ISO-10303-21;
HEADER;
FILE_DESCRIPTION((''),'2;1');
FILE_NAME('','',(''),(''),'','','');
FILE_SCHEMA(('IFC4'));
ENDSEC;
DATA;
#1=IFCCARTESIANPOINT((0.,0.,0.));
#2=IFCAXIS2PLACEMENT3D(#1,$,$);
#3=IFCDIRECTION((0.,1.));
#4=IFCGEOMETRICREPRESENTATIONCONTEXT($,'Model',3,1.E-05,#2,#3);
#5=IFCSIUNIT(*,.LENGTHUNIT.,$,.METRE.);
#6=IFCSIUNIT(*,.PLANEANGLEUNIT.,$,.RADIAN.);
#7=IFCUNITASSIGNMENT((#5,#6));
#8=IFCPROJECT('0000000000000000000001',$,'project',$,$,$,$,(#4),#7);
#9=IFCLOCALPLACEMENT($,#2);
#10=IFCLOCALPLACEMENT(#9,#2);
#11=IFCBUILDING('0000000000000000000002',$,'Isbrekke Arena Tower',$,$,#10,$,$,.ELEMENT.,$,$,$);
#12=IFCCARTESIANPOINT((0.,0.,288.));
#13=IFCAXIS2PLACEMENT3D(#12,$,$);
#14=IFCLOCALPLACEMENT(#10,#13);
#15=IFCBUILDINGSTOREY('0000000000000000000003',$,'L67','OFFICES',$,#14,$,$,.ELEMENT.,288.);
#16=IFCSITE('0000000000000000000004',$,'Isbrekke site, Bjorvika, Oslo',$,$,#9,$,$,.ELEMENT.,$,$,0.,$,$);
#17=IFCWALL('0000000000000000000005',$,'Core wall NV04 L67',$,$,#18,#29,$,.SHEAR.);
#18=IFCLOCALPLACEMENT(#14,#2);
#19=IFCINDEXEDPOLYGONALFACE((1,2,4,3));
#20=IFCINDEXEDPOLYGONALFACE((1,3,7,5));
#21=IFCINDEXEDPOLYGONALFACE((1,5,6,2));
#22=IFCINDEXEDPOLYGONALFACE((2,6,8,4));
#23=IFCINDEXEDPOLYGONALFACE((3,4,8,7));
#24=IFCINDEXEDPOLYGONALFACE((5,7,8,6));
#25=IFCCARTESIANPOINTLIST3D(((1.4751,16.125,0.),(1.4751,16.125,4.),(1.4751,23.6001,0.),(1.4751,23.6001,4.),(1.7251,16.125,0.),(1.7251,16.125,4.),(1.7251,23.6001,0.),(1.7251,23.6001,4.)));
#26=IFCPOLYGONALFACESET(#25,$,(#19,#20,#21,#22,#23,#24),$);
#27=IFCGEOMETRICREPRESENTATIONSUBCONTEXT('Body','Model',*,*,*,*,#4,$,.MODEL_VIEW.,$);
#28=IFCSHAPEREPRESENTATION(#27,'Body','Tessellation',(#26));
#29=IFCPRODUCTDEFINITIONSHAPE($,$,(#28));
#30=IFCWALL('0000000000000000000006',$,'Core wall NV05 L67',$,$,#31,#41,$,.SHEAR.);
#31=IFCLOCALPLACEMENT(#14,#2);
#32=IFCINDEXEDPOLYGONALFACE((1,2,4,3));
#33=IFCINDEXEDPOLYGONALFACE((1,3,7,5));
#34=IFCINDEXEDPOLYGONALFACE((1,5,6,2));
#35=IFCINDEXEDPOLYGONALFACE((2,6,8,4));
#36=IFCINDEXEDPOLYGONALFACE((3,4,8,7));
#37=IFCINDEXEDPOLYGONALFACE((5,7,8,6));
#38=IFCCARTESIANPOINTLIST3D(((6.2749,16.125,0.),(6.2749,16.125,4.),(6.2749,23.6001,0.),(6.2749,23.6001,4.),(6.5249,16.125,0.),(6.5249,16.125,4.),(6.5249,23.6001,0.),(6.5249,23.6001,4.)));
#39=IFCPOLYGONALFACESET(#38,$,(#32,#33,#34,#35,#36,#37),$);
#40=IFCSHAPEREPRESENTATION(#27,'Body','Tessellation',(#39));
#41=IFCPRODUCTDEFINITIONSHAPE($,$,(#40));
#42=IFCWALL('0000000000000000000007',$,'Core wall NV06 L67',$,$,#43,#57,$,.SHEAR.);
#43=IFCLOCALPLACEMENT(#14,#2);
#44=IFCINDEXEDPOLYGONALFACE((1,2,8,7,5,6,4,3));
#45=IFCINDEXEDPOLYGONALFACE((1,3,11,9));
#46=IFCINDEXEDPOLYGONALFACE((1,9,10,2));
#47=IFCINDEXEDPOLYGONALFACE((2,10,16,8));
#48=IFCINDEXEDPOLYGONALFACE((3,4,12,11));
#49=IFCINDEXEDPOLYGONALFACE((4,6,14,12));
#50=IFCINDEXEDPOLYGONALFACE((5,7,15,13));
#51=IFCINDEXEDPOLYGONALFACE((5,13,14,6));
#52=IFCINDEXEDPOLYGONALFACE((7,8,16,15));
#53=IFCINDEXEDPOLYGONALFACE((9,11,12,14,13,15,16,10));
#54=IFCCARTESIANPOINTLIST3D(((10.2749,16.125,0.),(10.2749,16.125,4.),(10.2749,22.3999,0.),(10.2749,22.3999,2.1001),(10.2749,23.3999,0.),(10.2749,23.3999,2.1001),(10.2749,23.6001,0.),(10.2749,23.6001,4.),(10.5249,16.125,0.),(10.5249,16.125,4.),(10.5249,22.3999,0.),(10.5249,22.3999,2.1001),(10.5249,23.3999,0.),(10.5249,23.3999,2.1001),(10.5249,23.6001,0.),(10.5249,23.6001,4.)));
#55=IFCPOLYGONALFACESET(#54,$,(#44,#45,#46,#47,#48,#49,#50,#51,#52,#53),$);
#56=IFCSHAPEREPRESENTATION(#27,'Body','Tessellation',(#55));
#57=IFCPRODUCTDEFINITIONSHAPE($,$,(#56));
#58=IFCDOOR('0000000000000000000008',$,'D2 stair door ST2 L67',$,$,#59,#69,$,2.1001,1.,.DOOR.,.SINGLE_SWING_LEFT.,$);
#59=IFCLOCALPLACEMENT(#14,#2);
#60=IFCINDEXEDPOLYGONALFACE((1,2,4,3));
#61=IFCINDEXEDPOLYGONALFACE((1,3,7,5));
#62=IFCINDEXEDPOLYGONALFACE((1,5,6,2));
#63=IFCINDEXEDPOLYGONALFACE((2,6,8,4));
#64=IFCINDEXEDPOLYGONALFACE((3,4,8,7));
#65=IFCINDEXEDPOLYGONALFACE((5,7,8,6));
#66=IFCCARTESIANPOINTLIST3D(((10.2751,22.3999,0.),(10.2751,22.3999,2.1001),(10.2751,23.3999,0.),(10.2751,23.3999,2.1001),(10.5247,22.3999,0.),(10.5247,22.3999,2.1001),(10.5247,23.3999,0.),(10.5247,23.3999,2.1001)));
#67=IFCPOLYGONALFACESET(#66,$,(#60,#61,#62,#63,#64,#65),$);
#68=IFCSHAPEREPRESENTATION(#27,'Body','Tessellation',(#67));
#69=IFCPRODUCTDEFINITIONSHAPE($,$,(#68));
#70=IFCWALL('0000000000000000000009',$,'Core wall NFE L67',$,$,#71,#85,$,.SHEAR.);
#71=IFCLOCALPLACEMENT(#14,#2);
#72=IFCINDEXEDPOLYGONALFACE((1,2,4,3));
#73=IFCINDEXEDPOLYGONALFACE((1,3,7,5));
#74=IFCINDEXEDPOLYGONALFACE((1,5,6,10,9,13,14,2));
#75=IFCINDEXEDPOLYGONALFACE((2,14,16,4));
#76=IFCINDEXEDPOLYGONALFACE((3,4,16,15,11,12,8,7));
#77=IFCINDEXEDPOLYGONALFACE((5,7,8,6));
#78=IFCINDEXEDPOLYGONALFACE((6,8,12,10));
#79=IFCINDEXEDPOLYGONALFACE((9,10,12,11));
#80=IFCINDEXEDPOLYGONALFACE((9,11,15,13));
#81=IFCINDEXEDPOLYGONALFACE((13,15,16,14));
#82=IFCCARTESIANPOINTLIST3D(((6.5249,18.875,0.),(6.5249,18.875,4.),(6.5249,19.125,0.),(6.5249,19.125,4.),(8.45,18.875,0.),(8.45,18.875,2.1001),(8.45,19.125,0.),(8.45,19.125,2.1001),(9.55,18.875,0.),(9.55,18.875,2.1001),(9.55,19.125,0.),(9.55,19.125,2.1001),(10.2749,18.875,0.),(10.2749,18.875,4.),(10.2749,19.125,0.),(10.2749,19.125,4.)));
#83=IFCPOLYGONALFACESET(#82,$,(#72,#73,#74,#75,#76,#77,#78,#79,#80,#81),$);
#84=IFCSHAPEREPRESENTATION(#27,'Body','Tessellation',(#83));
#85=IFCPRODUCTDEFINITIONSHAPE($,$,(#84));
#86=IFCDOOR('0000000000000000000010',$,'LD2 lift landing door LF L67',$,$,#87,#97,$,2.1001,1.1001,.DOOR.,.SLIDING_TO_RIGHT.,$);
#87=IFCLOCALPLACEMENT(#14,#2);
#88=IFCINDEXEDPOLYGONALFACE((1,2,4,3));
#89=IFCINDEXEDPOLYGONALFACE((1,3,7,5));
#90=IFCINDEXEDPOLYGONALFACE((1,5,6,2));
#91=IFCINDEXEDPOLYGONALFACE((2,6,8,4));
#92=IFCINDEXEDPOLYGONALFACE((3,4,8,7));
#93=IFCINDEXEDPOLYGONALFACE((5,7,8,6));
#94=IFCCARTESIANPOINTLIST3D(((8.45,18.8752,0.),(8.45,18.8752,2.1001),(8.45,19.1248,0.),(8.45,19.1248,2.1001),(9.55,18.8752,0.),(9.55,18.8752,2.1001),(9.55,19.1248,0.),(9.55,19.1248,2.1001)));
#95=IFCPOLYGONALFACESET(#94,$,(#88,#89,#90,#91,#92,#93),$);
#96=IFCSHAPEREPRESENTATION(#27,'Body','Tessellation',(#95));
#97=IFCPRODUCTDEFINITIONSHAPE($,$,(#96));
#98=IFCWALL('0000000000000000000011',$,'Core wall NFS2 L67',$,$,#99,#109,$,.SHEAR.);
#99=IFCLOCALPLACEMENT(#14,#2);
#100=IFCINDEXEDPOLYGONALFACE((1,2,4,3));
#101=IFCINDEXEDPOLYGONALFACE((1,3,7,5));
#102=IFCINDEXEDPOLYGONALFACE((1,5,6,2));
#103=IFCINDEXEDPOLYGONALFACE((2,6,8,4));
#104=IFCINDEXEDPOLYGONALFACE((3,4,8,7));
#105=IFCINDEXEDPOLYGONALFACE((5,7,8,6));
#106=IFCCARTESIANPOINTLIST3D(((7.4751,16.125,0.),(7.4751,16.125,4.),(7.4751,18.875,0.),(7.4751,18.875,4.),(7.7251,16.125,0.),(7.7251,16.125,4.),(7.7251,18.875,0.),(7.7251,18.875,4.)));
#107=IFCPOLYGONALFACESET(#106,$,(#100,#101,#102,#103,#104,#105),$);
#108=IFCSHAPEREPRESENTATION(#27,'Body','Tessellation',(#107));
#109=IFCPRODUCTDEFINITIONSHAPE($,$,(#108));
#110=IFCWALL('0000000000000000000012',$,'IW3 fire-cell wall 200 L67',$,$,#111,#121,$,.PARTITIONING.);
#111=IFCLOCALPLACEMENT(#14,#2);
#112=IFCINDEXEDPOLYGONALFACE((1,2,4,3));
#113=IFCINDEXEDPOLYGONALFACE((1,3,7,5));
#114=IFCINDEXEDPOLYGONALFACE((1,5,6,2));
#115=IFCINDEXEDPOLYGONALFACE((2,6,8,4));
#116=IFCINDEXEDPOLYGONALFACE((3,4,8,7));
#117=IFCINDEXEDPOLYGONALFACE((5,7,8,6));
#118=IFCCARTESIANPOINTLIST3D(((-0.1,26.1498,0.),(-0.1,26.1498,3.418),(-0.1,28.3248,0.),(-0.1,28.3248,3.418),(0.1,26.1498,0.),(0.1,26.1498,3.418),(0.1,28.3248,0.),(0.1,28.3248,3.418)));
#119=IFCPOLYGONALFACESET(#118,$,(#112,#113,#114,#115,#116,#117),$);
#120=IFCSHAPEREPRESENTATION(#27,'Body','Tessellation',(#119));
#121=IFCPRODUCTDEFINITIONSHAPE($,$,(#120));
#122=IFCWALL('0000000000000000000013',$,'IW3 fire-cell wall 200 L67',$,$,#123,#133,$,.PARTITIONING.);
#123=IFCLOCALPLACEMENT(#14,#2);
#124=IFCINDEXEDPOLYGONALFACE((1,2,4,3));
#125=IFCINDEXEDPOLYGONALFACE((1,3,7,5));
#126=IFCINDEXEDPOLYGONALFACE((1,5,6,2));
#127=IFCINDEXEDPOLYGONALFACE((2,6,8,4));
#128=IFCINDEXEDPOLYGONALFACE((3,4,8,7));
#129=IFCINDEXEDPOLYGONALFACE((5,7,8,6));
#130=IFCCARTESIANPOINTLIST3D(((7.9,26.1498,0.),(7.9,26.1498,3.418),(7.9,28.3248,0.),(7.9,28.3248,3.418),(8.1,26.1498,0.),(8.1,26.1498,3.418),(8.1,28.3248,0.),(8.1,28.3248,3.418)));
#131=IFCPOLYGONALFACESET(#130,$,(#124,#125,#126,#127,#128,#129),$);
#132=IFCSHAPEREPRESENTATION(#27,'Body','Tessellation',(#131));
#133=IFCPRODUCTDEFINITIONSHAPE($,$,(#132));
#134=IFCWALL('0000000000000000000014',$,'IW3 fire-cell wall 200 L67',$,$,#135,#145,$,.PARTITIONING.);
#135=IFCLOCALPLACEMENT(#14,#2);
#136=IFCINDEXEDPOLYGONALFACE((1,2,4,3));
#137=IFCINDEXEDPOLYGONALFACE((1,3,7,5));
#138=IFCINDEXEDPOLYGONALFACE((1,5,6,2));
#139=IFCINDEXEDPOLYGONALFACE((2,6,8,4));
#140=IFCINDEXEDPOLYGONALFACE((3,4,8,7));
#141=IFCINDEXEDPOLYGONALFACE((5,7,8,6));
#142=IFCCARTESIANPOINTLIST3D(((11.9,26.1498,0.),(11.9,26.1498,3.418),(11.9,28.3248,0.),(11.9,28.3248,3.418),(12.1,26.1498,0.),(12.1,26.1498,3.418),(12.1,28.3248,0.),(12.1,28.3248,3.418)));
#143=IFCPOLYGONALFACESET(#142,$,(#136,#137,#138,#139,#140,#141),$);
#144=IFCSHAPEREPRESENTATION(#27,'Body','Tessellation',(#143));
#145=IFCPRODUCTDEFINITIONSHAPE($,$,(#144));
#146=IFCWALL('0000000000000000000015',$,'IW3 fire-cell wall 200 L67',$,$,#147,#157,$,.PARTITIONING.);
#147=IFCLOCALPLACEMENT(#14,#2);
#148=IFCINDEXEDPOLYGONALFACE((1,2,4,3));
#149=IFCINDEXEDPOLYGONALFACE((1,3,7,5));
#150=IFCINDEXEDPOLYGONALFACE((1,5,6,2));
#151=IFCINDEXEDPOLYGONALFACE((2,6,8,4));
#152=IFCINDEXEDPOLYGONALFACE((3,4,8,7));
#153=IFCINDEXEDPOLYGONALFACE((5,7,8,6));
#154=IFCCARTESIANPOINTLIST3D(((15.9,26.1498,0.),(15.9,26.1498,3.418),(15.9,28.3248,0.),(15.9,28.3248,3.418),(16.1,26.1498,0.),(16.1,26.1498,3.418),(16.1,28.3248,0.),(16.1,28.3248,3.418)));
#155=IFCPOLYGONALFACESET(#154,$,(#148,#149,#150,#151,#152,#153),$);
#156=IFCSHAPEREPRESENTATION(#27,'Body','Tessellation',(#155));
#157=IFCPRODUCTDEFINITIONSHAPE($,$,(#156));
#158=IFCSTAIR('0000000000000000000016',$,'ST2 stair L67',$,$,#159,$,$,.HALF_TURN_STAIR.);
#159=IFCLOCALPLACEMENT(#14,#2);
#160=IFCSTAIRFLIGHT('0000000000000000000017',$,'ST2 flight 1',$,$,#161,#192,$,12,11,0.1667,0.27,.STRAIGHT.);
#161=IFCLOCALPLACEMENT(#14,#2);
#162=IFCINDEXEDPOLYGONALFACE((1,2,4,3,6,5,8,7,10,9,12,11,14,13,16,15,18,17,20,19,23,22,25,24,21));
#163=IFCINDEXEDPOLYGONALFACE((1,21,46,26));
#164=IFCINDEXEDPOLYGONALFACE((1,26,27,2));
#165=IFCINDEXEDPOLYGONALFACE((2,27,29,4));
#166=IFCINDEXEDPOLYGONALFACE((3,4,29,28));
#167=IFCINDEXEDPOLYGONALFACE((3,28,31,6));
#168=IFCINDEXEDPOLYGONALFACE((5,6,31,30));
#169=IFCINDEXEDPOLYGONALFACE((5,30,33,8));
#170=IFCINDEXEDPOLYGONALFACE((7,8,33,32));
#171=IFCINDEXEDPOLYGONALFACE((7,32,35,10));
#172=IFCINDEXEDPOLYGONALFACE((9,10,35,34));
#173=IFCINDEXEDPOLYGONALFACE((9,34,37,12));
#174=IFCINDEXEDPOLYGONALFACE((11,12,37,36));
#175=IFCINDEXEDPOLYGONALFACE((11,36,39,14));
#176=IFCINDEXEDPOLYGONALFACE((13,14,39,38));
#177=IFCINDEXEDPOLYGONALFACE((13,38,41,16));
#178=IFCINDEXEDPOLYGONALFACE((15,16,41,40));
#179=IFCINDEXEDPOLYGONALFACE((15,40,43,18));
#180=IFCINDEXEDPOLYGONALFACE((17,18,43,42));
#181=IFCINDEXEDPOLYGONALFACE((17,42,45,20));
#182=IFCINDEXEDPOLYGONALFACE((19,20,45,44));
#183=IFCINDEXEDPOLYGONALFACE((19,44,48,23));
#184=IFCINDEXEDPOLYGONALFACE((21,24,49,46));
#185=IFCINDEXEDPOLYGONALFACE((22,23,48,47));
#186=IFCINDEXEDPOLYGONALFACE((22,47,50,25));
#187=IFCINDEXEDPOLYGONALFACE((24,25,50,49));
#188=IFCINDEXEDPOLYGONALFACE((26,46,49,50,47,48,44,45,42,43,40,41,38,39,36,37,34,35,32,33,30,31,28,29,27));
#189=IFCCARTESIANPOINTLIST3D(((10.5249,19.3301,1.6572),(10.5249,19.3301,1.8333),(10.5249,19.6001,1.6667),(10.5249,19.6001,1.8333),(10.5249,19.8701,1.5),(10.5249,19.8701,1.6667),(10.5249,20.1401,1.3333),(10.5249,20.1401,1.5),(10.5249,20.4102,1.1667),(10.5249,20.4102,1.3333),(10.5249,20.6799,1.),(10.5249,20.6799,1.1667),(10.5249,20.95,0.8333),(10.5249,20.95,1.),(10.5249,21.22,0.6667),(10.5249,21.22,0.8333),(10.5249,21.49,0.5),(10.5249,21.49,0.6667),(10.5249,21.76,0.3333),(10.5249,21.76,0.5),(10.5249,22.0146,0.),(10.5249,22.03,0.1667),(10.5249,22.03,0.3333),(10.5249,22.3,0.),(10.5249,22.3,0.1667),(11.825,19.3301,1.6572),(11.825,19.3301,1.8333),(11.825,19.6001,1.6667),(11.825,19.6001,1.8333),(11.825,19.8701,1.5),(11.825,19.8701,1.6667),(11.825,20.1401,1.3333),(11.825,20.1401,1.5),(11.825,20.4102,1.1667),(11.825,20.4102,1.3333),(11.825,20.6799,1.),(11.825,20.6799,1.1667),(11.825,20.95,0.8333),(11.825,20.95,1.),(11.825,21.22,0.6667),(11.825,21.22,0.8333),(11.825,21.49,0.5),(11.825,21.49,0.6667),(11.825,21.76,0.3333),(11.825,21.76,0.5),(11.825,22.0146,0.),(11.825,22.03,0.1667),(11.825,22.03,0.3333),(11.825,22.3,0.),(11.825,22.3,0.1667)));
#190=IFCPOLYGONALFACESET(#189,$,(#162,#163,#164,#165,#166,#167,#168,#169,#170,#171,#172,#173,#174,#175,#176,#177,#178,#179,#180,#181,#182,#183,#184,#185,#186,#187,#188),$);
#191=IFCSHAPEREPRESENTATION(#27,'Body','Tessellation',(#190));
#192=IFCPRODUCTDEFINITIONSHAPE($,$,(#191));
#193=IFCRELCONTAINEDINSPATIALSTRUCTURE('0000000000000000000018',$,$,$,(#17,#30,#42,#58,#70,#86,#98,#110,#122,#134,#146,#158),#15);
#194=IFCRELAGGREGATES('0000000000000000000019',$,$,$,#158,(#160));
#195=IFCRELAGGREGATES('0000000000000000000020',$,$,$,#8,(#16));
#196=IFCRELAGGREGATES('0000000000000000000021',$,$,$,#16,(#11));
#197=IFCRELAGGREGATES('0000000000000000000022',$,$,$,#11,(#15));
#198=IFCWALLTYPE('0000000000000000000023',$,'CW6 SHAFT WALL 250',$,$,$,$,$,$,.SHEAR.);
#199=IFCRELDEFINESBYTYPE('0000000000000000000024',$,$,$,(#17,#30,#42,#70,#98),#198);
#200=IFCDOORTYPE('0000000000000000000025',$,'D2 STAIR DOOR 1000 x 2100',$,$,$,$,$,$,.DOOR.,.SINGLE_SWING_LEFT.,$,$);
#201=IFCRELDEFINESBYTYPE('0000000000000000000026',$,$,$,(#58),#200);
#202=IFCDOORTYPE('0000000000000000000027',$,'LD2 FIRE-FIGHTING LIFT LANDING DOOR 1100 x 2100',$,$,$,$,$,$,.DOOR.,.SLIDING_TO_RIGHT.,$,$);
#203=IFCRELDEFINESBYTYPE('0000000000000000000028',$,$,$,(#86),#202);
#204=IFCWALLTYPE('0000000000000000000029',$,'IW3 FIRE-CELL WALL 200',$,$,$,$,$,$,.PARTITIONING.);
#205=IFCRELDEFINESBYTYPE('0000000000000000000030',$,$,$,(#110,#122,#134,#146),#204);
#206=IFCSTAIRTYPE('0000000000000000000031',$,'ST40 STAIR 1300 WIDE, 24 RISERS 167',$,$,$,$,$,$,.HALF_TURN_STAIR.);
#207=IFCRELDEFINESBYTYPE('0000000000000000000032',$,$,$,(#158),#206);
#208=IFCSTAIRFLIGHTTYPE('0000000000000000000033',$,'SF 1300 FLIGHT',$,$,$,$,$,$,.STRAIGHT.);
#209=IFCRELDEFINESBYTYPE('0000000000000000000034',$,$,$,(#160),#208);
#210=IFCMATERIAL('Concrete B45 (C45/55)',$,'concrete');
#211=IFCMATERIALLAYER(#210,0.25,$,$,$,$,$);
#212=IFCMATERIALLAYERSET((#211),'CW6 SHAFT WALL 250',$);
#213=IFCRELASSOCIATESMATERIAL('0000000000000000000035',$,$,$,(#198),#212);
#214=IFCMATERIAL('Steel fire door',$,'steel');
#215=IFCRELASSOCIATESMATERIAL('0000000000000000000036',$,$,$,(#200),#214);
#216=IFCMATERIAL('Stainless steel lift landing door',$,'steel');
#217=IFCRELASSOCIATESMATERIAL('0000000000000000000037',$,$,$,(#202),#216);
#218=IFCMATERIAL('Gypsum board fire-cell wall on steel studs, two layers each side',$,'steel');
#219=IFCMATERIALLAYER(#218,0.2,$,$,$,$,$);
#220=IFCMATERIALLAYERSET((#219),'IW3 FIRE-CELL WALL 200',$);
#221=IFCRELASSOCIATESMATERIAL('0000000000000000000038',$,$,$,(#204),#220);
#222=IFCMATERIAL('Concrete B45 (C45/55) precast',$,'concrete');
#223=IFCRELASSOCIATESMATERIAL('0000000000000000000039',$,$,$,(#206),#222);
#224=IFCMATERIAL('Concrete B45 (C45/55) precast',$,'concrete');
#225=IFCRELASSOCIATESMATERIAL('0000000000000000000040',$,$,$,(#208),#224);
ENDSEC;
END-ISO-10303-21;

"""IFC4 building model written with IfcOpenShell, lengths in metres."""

from ifc_helpers import new_model, si_unit, direction, frame, frame_2d, origin, place, context, subcontext, project, spatial, polyline, rectangle, outline, extrude, material, layer, layer_set, type_object, element, fill, aggregate, save


model = new_model("IFC4")

# Units and contexts
model_context = context("Model", 3, precision=1e-05, world=origin(), true_north=direction((0.0, 1.0)))
body_context = subcontext(model_context, "Body", "Model", "MODEL_VIEW")
ifc_project = project(units=[si_unit("LENGTHUNIT", "METRE"), si_unit("PLANEANGLEUNIT", "RADIAN")], contexts=[model_context])

# Site, building, storey
site_placement = place(None, origin())
site = spatial("IfcSite", under=ifc_project, at=site_placement, Name="Isbrekke site, Bjorvika, Oslo", CompositionType="ELEMENT", RefElevation=0.0)
building_placement = place(site_placement, origin())
building = spatial("IfcBuilding", under=site, at=building_placement, Name="Isbrekke Arena Tower", CompositionType="ELEMENT")
storey_placement = place(building_placement, frame((0.0, 0.0, 288.0)))
storey = spatial("IfcBuildingStorey", under=building, at=storey_placement, Name="L67", Description="OFFICES", CompositionType="ELEMENT", Elevation=288.0)

# Walls
ifc_material_1 = material(Name="Concrete B45 (C45/55)", Category="concrete")
ifc_layer_1 = layer(ifc_material_1, 0.25)
ifc_layer_set_1 = layer_set([ifc_layer_1], Name="CW6 SHAFT WALL 250")
wall_type_1 = type_object("IfcWallType", Name="CW6 SHAFT WALL 250", PredefinedType="SHEAR", material=ifc_layer_set_1)
for number, where, z_axis, x_axis, name in (
    (1, (1.6001, 16.125, 0.0), (0.0, 0.0, 1.0), (0.0, 1.0, 0.0), "Core wall NV04 L67"),
    (2, (6.3999, 16.125, 0.0), (0.0, 0.0, 1.0), (0.0, 1.0, 0.0), "Core wall NV05 L67"),
):
    element("IfcWall", number, at=place(storey_placement, frame(where, z_axis=z_axis, x_axis=x_axis)), inside=storey, type_object=wall_type_1, Name=name, PredefinedType="SHEAR", context=body_context, shape_type="SweptSolid", body=[
        extrude(rectangle(XDim=7.4751, YDim=0.25, at=frame_2d((3.7375, 0.0))), origin(), (0.0, 0.0, 1.0), 4.0),
    ])

# Walls, openings, doors
wall_1_placement = place(storey_placement, frame((10.3999, 16.125, 0.0), z_axis=(0.0, 0.0, 1.0), x_axis=(0.0, 1.0, 0.0)))
wall_1 = element("IfcWall", 3, at=wall_1_placement, inside=storey, type_object=wall_type_1, Name="Core wall NV06 L67", PredefinedType="SHEAR", context=body_context, shape_type="SweptSolid", body=[
    extrude(rectangle(XDim=7.4751, YDim=0.25, at=frame_2d((3.7375, 0.0))), origin(), (0.0, 0.0, 1.0), 4.0),
])
opening_1_placement = place(wall_1_placement, frame((6.2749, 0.0, 0.0)))
opening_1 = element("IfcOpeningElement", 4, at=opening_1_placement, cuts=wall_1, PredefinedType="OPENING", context=body_context, shape_type="SweptSolid", body=[
    extrude(rectangle(XDim=1.0, YDim=2.1001, at=frame_2d((0.5, 1.05))), frame((0.0, 0.1399, 0.0), z_axis=(0.0, -1.0, 0.0), x_axis=(1.0, 0.0, 0.0)), (0.0, 0.0, 1.0), 0.2798),
])
ifc_material_2 = material(Name="Steel fire door", Category="steel")
door_type_1 = type_object("IfcDoorType", Name="D2 STAIR DOOR 1000 x 2100", OperationType="SINGLE_SWING_LEFT", PredefinedType="DOOR", material=ifc_material_2)
door_1_placement = place(opening_1_placement, origin())
door_1 = element("IfcDoor", 5, at=door_1_placement, inside=storey, type_object=door_type_1, Name="D2 stair door ST2 L67", OperationType="SINGLE_SWING_LEFT", OverallHeight=2.1001, OverallWidth=1.0, PredefinedType="DOOR", context=body_context, shape_type="SweptSolid", body=[
    extrude(rectangle(XDim=1.0, YDim=2.1001, at=frame_2d((0.5, 1.05))), frame((0.0, 0.1248, 0.0), z_axis=(0.0, -1.0, 0.0), x_axis=(1.0, 0.0, 0.0)), (0.0, 0.0, 1.0), 0.2495),
])
fill(opening_1, door_1)
wall_2_placement = place(storey_placement, frame((6.5249, 19.0, 0.0), z_axis=(0.0, 0.0, 1.0), x_axis=(1.0, 0.0, 0.0)))
wall_2 = element("IfcWall", 6, at=wall_2_placement, inside=storey, type_object=wall_type_1, Name="Core wall NFE L67", PredefinedType="SHEAR", context=body_context, shape_type="SweptSolid", body=[
    extrude(rectangle(XDim=3.75, YDim=0.25, at=frame_2d((1.875, 0.0))), origin(), (0.0, 0.0, 1.0), 4.0),
])
opening_2_placement = place(wall_2_placement, frame((1.925, 0.0, 0.0)))
opening_2 = element("IfcOpeningElement", 7, at=opening_2_placement, cuts=wall_2, PredefinedType="OPENING", context=body_context, shape_type="SweptSolid", body=[
    extrude(rectangle(XDim=1.1001, YDim=2.1001, at=frame_2d((0.55, 1.05))), frame((0.0, 0.1399, 0.0), z_axis=(0.0, -1.0, 0.0), x_axis=(1.0, 0.0, 0.0)), (0.0, 0.0, 1.0), 0.2798),
])
ifc_material_3 = material(Name="Stainless steel lift landing door", Category="steel")
door_type_2 = type_object("IfcDoorType", Name="LD2 FIRE-FIGHTING LIFT LANDING DOOR 1100 x 2100", OperationType="SLIDING_TO_RIGHT", PredefinedType="DOOR", material=ifc_material_3)
door_2_placement = place(opening_2_placement, origin())
door_2 = element("IfcDoor", 8, at=door_2_placement, inside=storey, type_object=door_type_2, Name="LD2 lift landing door LF L67", OperationType="SLIDING_TO_RIGHT", OverallHeight=2.1001, OverallWidth=1.1001, PredefinedType="DOOR", context=body_context, shape_type="SweptSolid", body=[
    extrude(rectangle(XDim=1.1001, YDim=2.1001, at=frame_2d((0.55, 1.05))), frame((0.0, 0.1248, 0.0), z_axis=(0.0, -1.0, 0.0), x_axis=(1.0, 0.0, 0.0)), (0.0, 0.0, 1.0), 0.2495),
])
fill(opening_2, door_2)

# Walls
wall_3_placement = place(storey_placement, frame((7.6001, 16.125, 0.0), z_axis=(0.0, 0.0, 1.0), x_axis=(0.0, 1.0, 0.0)))
element("IfcWall", 9, at=wall_3_placement, inside=storey, type_object=wall_type_1, Name="Core wall NFS2 L67", PredefinedType="SHEAR", context=body_context, shape_type="SweptSolid", body=[
    extrude(rectangle(XDim=2.75, YDim=0.25, at=frame_2d((1.375, 0.0))), origin(), (0.0, 0.0, 1.0), 4.0),
])
ifc_material_4 = material(Name="Gypsum board fire-cell wall on steel studs, two layers each side", Category="steel")
ifc_layer_2 = layer(ifc_material_4, 0.2)
ifc_layer_set_2 = layer_set([ifc_layer_2], Name="IW3 FIRE-CELL WALL 200")
wall_type_2 = type_object("IfcWallType", Name="IW3 FIRE-CELL WALL 200", PredefinedType="PARTITIONING", material=ifc_layer_set_2)
for number, where, z_axis, x_axis, name in (
    (10, (0.0, 26.1499, 0.0), (0.0, 0.0, 1.0), (0.0, 1.0, 0.0), "IW3 fire-cell wall 200 L67"),
    (11, (8.0, 26.1499, 0.0), (0.0, 0.0, 1.0), (0.0, 1.0, 0.0), "IW3 fire-cell wall 200 L67"),
    (12, (12.0, 26.1499, 0.0), (0.0, 0.0, 1.0), (0.0, 1.0, 0.0), "IW3 fire-cell wall 200 L67"),
    (13, (16.0, 26.1499, 0.0), (0.0, 0.0, 1.0), (0.0, 1.0, 0.0), "IW3 fire-cell wall 200 L67"),
):
    element("IfcWall", number, at=place(storey_placement, frame(where, z_axis=z_axis, x_axis=x_axis)), inside=storey, type_object=wall_type_2, Name=name, PredefinedType="PARTITIONING", context=body_context, shape_type="SweptSolid", body=[
        extrude(rectangle(XDim=2.175, YDim=0.2, at=frame_2d((1.0874, 0.0))), origin(), (0.0, 0.0, 1.0), 3.418),
    ])

# Stair, stair flight
ifc_material_5 = material(Name="Concrete B45 (C45/55) precast", Category="concrete")
stair_type = type_object("IfcStairType", Name="ST40 STAIR 1300 WIDE, 24 RISERS 167", PredefinedType="HALF_TURN_STAIR", material=ifc_material_5)
stair_placement = place(storey_placement, origin())
stair = element("IfcStair", 14, at=stair_placement, inside=storey, type_object=stair_type, Name="ST2 stair L67", PredefinedType="HALF_TURN_STAIR")
ifc_material_6 = material(Name="Concrete B45 (C45/55) precast", Category="concrete")
stair_flight_type = type_object("IfcStairFlightType", Name="SF 1300 FLIGHT", PredefinedType="STRAIGHT", material=ifc_material_6)
stair_flight_1_placement = place(storey_placement, frame((11.175, 22.3, 0.0), z_axis=(0.0, 0.0, 1.0), x_axis=(0.0, -1.0, 0.0)))
stair_flight_1 = element("IfcStairFlight", 15, at=stair_flight_1_placement, type_object=stair_flight_type, Name="ST2 flight 1", NumberOfRisers=12, NumberOfTreads=11, PredefinedType="STRAIGHT", RiserHeight=0.1667, TreadLength=0.27, context=body_context, shape_type="SweptSolid", body=[
    extrude(outline(polyline([(0.0, 0.0), (0.0, 0.1667), (0.27, 0.1667), (0.27, 0.3333), (0.54, 0.3333), (0.54, 0.5), (0.8101, 0.5), (0.8101, 0.6667), (1.0801, 0.6667), (1.0801, 0.8333), (1.3501, 0.8333), (1.3501, 1.0), (1.6201, 1.0), (1.6201, 1.1667), (1.8899, 1.1667), (1.8899, 1.3333), (2.1599, 1.3333), (2.1599, 1.5), (2.4299, 1.5), (2.4299, 1.6667), (2.7, 1.6667), (2.7, 1.8333), (2.97, 1.8333), (2.97, 2.0), (2.97, 1.6572), (0.2854, 0.0), (0.0, 0.0)])), frame((0.0, 0.6499, 0.0), z_axis=(0.0, -1.0, 0.0), x_axis=(1.0, 0.0, 0.0)), (0.0, 0.0, 1.0), 1.3),
])
aggregate(stair, [stair_flight_1])

save(model, "model.ifc")
